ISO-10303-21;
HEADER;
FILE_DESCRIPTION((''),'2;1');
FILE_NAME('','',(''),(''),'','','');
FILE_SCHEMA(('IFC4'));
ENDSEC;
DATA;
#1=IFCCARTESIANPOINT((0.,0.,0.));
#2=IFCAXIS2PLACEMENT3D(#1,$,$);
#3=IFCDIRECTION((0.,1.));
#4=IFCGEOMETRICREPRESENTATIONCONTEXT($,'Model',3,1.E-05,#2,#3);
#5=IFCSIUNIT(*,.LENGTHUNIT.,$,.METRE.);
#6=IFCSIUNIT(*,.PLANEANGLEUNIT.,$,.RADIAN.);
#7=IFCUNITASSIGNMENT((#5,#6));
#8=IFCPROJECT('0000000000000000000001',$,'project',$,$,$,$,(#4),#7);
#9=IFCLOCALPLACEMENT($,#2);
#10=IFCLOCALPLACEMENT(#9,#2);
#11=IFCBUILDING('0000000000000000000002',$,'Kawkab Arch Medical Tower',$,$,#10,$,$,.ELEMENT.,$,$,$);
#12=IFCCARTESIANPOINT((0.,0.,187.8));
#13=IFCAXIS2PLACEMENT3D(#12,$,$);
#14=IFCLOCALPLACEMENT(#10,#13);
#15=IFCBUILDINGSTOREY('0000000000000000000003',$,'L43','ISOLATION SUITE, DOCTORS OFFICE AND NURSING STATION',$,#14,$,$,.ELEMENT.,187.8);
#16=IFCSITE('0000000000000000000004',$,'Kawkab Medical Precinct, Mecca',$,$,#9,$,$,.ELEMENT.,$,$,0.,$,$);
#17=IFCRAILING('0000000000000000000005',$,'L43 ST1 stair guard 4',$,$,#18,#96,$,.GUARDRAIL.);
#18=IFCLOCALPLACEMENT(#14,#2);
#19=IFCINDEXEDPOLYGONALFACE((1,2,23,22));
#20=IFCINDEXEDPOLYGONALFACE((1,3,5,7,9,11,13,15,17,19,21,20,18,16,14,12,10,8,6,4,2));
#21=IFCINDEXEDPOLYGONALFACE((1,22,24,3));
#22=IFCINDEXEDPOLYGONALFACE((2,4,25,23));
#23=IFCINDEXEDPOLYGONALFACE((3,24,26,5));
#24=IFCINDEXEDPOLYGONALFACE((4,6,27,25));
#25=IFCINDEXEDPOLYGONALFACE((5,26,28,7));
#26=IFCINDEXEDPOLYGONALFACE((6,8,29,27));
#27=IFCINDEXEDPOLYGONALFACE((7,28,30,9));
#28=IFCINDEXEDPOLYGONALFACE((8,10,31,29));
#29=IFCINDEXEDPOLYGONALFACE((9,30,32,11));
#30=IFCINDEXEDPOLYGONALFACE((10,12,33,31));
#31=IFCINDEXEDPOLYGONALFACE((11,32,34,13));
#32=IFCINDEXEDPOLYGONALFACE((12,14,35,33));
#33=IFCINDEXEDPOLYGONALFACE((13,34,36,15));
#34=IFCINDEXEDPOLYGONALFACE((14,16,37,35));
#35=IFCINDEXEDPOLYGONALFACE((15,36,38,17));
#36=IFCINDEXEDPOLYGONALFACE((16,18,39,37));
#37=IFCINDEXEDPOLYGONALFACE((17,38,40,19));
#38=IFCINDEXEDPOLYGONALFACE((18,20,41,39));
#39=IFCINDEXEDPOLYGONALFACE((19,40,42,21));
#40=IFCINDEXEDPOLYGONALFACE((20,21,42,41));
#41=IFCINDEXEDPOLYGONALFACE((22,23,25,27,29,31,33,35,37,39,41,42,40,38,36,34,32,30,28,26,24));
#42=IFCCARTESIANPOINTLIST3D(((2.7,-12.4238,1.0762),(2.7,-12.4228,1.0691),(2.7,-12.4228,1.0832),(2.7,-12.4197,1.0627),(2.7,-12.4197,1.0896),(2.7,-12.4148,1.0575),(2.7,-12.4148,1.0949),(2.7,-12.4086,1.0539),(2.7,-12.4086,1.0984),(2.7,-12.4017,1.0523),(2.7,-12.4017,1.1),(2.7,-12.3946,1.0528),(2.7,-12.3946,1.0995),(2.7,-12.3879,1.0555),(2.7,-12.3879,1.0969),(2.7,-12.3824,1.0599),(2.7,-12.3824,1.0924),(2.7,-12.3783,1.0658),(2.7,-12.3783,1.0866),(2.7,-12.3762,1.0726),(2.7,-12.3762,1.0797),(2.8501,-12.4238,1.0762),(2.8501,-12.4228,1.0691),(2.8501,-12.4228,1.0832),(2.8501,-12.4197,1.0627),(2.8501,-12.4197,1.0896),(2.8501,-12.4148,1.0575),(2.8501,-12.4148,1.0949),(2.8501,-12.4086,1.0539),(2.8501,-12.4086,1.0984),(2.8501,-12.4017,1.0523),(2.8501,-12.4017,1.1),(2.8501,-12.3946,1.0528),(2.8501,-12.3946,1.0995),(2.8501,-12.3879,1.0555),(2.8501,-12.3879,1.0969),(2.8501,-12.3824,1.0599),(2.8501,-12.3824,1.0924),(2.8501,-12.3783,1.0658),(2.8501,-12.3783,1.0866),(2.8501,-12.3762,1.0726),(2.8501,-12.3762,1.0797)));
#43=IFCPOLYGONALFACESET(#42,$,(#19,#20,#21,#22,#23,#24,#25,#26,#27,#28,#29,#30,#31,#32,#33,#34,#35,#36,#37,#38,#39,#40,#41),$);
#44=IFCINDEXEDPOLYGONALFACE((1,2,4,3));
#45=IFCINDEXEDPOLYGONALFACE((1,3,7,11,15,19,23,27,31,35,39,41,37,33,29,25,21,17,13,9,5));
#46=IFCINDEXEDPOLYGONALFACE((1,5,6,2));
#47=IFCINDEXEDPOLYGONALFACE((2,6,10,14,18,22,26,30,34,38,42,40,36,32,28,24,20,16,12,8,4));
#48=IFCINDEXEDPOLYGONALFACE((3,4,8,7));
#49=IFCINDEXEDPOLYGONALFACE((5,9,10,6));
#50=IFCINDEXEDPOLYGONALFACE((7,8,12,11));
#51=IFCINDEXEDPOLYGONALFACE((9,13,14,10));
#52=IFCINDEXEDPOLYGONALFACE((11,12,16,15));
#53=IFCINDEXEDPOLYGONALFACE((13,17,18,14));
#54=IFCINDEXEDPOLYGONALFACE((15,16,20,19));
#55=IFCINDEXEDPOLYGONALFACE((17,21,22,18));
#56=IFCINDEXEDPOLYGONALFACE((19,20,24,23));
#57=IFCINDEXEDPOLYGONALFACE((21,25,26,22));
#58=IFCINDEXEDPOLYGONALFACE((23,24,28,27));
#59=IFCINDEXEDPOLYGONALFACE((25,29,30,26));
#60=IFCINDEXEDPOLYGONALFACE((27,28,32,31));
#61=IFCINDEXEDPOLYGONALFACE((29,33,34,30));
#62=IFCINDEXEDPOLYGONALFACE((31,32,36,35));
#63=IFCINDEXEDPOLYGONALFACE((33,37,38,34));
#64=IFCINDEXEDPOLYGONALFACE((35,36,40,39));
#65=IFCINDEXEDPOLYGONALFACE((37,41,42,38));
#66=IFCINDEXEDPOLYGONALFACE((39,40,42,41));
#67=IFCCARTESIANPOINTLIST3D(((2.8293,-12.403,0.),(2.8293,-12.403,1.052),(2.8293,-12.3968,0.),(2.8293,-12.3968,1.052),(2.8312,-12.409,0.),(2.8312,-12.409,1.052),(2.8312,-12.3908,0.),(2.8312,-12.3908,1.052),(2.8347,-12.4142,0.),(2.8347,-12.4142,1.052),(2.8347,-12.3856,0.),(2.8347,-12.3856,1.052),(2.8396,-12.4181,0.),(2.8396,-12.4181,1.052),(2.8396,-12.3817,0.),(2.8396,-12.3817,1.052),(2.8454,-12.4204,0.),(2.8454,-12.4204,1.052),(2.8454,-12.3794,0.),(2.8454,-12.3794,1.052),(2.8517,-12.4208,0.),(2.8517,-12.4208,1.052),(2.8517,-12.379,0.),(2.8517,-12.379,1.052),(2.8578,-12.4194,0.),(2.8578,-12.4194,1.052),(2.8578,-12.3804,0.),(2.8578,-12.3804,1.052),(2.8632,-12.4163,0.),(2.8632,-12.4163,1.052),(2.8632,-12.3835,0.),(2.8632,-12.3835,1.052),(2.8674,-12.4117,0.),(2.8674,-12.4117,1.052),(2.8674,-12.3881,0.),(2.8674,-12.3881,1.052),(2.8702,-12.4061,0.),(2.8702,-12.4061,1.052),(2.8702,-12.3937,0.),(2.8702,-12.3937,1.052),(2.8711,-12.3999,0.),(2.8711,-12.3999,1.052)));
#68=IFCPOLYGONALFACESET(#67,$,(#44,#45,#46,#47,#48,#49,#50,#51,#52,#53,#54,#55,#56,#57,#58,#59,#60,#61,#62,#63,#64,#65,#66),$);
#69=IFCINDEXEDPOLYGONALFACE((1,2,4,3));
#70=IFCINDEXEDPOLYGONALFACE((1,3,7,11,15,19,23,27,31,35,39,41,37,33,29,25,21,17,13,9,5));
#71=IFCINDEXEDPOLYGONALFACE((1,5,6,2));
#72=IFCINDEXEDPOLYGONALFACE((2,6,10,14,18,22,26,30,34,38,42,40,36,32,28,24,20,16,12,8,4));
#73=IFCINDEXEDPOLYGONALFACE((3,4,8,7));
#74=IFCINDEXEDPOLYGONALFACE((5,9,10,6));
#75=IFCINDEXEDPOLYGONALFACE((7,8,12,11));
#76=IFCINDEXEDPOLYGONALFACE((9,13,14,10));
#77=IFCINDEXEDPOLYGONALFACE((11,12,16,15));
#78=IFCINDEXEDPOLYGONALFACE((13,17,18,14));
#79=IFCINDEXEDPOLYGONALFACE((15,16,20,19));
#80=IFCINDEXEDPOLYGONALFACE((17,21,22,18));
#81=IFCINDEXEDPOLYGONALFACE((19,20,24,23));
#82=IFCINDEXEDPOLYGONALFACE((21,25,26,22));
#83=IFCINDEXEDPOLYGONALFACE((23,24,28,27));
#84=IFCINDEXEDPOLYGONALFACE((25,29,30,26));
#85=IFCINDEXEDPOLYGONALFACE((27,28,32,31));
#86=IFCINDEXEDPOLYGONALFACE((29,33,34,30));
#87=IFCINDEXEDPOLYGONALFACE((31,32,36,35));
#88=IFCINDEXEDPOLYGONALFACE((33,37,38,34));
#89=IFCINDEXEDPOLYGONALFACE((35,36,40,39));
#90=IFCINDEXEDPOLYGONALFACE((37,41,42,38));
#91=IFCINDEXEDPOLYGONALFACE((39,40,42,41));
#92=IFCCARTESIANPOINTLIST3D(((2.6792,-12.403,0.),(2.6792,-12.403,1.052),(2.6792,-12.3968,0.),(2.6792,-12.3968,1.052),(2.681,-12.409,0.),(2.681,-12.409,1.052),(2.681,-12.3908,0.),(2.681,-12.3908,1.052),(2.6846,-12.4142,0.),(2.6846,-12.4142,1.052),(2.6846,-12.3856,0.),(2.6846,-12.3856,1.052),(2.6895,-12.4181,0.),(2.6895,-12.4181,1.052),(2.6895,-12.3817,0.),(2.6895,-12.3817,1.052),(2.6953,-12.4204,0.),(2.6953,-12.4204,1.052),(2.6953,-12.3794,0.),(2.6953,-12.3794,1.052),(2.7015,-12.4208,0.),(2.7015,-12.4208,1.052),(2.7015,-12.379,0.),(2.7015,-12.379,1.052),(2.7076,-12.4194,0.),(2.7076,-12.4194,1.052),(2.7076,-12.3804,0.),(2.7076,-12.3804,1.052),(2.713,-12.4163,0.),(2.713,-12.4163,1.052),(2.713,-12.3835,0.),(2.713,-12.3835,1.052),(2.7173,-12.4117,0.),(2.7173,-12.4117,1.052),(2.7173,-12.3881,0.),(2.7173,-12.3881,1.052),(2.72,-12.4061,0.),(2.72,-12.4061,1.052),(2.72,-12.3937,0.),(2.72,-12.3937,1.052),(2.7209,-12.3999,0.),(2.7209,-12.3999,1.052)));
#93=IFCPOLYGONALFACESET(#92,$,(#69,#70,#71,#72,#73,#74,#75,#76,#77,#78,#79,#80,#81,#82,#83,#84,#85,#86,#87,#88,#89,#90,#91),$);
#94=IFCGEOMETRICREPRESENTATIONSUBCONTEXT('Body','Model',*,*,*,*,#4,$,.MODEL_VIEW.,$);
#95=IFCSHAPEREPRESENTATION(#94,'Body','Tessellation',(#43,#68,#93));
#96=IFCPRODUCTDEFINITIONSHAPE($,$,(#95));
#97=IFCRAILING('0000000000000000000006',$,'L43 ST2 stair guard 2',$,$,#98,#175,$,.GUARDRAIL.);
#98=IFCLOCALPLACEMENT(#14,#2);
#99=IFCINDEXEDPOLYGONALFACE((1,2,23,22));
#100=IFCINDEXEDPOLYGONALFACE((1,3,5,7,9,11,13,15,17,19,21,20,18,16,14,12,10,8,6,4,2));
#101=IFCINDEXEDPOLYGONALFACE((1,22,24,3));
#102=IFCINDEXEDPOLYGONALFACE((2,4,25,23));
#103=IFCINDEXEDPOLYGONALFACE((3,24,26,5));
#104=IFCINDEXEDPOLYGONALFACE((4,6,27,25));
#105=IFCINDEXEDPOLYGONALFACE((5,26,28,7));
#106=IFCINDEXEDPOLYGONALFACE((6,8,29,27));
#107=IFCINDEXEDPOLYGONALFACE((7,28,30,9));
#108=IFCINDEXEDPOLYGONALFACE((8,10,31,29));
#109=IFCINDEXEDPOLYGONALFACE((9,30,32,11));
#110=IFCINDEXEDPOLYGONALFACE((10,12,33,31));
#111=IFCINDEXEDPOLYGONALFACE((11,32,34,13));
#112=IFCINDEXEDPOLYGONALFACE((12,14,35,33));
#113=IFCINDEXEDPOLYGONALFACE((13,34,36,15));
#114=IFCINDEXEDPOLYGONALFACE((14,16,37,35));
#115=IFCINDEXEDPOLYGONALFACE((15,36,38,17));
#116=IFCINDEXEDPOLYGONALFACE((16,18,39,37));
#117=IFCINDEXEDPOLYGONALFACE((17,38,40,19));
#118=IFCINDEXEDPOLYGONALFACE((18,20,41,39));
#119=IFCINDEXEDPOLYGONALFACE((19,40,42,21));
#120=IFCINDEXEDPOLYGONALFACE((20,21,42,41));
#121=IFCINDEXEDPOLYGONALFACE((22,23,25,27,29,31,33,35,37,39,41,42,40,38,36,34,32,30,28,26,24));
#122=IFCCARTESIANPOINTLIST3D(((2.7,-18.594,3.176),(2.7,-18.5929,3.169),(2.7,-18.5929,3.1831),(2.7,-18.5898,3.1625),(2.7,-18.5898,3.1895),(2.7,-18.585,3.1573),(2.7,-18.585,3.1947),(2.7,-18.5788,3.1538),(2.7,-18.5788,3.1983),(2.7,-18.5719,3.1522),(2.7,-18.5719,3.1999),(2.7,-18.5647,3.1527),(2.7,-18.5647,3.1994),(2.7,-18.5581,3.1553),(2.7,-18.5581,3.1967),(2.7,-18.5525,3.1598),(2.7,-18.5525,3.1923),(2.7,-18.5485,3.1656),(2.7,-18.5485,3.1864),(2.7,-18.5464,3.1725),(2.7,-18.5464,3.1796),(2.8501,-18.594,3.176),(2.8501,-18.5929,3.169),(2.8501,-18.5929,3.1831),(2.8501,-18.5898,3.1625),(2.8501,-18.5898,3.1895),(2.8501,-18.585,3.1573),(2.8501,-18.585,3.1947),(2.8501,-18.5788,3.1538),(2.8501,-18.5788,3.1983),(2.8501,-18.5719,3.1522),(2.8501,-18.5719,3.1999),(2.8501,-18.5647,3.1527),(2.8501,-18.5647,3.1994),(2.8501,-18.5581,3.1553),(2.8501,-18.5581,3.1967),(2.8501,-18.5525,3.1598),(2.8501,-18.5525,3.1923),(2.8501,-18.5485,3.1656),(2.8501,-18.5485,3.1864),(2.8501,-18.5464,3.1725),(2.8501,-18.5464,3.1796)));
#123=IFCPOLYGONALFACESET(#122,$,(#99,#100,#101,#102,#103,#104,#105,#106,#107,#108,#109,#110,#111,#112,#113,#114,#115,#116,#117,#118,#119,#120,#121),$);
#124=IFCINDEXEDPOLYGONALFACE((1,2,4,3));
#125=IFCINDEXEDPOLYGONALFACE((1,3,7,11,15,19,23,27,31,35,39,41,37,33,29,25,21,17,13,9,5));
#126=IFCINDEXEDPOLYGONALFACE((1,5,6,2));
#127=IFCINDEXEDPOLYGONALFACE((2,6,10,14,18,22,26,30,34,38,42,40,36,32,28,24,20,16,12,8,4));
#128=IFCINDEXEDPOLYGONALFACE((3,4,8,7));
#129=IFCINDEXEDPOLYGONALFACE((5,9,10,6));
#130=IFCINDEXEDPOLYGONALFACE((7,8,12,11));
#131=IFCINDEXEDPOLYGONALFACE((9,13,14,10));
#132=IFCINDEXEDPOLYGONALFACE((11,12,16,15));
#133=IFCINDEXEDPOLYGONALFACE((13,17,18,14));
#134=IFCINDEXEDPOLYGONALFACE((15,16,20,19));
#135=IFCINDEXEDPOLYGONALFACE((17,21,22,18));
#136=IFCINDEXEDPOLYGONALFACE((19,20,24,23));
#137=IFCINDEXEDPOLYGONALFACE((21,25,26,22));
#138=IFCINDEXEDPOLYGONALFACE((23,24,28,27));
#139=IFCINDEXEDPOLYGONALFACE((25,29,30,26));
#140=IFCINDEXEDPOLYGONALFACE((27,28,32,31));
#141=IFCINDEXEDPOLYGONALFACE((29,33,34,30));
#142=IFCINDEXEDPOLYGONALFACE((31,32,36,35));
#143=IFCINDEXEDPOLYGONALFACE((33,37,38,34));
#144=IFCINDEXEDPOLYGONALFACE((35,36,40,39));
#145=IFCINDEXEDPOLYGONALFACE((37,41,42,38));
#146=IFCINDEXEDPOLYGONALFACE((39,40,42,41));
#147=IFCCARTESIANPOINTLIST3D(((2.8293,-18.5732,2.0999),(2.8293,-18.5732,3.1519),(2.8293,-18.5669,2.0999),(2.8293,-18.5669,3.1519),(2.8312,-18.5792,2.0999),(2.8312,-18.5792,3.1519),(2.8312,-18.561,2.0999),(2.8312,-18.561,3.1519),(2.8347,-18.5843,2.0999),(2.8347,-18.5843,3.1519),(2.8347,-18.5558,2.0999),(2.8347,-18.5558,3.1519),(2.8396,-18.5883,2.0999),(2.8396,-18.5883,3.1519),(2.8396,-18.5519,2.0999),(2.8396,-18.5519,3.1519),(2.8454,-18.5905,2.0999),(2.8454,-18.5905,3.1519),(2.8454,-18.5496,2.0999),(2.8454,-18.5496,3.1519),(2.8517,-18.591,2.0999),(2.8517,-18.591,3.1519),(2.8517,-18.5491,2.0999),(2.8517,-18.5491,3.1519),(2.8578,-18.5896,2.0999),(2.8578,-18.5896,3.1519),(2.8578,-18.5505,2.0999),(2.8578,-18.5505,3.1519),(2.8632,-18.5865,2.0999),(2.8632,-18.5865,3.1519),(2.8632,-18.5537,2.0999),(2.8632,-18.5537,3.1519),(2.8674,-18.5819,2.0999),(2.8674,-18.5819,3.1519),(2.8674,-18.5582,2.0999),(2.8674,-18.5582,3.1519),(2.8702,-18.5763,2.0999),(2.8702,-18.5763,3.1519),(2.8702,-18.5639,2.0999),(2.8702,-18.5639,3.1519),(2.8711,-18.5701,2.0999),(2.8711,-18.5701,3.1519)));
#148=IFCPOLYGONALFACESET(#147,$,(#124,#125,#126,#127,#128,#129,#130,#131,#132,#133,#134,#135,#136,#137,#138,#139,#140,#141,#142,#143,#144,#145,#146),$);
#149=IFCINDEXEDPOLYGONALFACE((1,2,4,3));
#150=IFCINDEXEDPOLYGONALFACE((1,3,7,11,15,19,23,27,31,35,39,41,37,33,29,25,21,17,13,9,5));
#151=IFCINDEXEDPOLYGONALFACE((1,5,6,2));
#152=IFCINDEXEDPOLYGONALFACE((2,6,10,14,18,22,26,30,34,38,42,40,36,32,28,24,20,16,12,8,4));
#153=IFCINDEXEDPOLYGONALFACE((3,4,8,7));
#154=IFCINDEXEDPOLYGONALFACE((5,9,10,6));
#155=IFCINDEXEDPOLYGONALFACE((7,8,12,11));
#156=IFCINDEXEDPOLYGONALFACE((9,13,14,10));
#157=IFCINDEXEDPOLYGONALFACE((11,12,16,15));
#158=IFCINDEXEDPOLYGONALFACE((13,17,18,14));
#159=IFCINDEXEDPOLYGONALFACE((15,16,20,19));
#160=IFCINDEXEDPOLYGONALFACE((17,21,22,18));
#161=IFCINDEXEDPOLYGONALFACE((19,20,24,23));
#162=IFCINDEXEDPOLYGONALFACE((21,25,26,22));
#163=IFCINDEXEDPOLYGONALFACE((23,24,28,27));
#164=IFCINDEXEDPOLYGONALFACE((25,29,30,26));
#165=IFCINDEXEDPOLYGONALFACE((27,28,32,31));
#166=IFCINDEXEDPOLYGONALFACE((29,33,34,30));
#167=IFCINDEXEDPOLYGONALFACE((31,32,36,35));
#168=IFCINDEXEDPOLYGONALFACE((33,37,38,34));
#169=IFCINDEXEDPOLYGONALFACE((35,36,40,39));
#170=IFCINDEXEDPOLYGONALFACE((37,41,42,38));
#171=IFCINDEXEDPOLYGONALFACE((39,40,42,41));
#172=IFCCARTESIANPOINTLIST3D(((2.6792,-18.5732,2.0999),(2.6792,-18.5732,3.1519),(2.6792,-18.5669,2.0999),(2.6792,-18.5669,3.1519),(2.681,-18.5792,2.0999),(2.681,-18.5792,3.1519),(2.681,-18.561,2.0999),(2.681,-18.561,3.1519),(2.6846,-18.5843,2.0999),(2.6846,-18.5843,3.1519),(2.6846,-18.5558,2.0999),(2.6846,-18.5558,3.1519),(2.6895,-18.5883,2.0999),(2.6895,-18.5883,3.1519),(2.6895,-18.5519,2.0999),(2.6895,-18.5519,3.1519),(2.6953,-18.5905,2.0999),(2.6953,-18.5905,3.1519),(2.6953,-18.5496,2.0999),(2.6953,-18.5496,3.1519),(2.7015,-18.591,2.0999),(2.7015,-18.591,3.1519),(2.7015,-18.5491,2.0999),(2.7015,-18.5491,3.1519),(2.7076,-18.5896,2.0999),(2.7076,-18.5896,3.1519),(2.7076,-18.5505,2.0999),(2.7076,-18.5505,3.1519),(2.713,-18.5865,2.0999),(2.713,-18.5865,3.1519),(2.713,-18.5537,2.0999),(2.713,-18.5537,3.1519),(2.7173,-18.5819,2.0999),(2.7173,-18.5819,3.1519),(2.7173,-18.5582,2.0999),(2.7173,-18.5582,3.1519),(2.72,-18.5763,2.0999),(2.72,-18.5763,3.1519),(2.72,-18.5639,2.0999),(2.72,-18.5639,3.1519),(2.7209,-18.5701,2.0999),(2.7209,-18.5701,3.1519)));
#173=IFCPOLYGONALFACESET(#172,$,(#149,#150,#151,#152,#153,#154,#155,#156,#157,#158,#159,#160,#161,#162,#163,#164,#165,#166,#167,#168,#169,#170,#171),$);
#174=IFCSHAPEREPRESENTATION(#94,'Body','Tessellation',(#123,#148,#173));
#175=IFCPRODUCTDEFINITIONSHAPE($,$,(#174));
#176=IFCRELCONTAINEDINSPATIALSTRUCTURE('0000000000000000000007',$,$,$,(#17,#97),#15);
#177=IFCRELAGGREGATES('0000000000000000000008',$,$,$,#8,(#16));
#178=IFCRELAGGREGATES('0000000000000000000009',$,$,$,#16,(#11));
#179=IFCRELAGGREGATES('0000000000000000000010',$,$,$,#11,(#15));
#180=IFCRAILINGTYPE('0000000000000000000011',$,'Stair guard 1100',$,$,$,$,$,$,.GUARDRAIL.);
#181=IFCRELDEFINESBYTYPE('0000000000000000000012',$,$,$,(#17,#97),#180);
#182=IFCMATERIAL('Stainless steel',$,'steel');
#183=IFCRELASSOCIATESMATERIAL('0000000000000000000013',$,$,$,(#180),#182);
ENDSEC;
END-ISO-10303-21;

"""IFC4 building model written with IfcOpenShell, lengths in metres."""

from ifc_helpers import new_model, si_unit, direction, frame, origin, origin_2d, place, context, subcontext, project, spatial, circle, extrude, material, type_object, element, save


model = new_model("IFC4")

# Units and contexts
model_context = context("Model", 3, precision=1e-05, world=origin(), true_north=direction((0.0, 1.0)))
body_context = subcontext(model_context, "Body", "Model", "MODEL_VIEW")
ifc_project = project(units=[si_unit("LENGTHUNIT", "METRE"), si_unit("PLANEANGLEUNIT", "RADIAN")], contexts=[model_context])

# Site, building, storey
site_placement = place(None, origin())
site = spatial("IfcSite", under=ifc_project, at=site_placement, Name="Kawkab Medical Precinct, Mecca", CompositionType="ELEMENT", RefElevation=0.0)
building_placement = place(site_placement, origin())
building = spatial("IfcBuilding", under=site, at=building_placement, Name="Kawkab Arch Medical Tower", CompositionType="ELEMENT")
storey_placement = place(building_placement, frame((0.0, 0.0, 187.8)))
storey = spatial("IfcBuildingStorey", under=building, at=storey_placement, Name="L43", Description="ISOLATION SUITE, DOCTORS OFFICE AND NURSING STATION", CompositionType="ELEMENT", Elevation=187.8)

# Railings
ifc_material_1 = material(Name="Stainless steel", Category="steel")
railing_type_1 = type_object("IfcRailingType", Name="Stair guard 1100", PredefinedType="GUARDRAIL", material=ifc_material_1)
for number, where, name in (
    (1, (2.8501, -12.3999, 0.0), "L43 ST1 stair guard 4"),
    (2, (2.8501, -18.5701, 2.0999), "L43 ST2 stair guard 2"),
):
    element("IfcRailing", number, at=place(storey_placement, frame(where)), inside=storey, type_object=railing_type_1, Name=name, PredefinedType="GUARDRAIL", context=body_context, shape_type="SweptSolid", body=[
        extrude(circle(Radius=0.0239, at=origin_2d()), frame((0.0, 0.0, 1.0762), z_axis=(-1.0, 0.0, 0.0), x_axis=(0.0, -1.0, 0.0)), (0.0, 0.0, 1.0), 0.1501),
        extrude(circle(Radius=0.021, at=origin_2d()), origin(), (0.0, 0.0, 1.0), 1.052),
        extrude(circle(Radius=0.021, at=origin_2d()), frame((-0.1501, 0.0, 0.0)), (0.0, 0.0, 1.0), 1.052),
    ])

save(model, "model.ifc")
